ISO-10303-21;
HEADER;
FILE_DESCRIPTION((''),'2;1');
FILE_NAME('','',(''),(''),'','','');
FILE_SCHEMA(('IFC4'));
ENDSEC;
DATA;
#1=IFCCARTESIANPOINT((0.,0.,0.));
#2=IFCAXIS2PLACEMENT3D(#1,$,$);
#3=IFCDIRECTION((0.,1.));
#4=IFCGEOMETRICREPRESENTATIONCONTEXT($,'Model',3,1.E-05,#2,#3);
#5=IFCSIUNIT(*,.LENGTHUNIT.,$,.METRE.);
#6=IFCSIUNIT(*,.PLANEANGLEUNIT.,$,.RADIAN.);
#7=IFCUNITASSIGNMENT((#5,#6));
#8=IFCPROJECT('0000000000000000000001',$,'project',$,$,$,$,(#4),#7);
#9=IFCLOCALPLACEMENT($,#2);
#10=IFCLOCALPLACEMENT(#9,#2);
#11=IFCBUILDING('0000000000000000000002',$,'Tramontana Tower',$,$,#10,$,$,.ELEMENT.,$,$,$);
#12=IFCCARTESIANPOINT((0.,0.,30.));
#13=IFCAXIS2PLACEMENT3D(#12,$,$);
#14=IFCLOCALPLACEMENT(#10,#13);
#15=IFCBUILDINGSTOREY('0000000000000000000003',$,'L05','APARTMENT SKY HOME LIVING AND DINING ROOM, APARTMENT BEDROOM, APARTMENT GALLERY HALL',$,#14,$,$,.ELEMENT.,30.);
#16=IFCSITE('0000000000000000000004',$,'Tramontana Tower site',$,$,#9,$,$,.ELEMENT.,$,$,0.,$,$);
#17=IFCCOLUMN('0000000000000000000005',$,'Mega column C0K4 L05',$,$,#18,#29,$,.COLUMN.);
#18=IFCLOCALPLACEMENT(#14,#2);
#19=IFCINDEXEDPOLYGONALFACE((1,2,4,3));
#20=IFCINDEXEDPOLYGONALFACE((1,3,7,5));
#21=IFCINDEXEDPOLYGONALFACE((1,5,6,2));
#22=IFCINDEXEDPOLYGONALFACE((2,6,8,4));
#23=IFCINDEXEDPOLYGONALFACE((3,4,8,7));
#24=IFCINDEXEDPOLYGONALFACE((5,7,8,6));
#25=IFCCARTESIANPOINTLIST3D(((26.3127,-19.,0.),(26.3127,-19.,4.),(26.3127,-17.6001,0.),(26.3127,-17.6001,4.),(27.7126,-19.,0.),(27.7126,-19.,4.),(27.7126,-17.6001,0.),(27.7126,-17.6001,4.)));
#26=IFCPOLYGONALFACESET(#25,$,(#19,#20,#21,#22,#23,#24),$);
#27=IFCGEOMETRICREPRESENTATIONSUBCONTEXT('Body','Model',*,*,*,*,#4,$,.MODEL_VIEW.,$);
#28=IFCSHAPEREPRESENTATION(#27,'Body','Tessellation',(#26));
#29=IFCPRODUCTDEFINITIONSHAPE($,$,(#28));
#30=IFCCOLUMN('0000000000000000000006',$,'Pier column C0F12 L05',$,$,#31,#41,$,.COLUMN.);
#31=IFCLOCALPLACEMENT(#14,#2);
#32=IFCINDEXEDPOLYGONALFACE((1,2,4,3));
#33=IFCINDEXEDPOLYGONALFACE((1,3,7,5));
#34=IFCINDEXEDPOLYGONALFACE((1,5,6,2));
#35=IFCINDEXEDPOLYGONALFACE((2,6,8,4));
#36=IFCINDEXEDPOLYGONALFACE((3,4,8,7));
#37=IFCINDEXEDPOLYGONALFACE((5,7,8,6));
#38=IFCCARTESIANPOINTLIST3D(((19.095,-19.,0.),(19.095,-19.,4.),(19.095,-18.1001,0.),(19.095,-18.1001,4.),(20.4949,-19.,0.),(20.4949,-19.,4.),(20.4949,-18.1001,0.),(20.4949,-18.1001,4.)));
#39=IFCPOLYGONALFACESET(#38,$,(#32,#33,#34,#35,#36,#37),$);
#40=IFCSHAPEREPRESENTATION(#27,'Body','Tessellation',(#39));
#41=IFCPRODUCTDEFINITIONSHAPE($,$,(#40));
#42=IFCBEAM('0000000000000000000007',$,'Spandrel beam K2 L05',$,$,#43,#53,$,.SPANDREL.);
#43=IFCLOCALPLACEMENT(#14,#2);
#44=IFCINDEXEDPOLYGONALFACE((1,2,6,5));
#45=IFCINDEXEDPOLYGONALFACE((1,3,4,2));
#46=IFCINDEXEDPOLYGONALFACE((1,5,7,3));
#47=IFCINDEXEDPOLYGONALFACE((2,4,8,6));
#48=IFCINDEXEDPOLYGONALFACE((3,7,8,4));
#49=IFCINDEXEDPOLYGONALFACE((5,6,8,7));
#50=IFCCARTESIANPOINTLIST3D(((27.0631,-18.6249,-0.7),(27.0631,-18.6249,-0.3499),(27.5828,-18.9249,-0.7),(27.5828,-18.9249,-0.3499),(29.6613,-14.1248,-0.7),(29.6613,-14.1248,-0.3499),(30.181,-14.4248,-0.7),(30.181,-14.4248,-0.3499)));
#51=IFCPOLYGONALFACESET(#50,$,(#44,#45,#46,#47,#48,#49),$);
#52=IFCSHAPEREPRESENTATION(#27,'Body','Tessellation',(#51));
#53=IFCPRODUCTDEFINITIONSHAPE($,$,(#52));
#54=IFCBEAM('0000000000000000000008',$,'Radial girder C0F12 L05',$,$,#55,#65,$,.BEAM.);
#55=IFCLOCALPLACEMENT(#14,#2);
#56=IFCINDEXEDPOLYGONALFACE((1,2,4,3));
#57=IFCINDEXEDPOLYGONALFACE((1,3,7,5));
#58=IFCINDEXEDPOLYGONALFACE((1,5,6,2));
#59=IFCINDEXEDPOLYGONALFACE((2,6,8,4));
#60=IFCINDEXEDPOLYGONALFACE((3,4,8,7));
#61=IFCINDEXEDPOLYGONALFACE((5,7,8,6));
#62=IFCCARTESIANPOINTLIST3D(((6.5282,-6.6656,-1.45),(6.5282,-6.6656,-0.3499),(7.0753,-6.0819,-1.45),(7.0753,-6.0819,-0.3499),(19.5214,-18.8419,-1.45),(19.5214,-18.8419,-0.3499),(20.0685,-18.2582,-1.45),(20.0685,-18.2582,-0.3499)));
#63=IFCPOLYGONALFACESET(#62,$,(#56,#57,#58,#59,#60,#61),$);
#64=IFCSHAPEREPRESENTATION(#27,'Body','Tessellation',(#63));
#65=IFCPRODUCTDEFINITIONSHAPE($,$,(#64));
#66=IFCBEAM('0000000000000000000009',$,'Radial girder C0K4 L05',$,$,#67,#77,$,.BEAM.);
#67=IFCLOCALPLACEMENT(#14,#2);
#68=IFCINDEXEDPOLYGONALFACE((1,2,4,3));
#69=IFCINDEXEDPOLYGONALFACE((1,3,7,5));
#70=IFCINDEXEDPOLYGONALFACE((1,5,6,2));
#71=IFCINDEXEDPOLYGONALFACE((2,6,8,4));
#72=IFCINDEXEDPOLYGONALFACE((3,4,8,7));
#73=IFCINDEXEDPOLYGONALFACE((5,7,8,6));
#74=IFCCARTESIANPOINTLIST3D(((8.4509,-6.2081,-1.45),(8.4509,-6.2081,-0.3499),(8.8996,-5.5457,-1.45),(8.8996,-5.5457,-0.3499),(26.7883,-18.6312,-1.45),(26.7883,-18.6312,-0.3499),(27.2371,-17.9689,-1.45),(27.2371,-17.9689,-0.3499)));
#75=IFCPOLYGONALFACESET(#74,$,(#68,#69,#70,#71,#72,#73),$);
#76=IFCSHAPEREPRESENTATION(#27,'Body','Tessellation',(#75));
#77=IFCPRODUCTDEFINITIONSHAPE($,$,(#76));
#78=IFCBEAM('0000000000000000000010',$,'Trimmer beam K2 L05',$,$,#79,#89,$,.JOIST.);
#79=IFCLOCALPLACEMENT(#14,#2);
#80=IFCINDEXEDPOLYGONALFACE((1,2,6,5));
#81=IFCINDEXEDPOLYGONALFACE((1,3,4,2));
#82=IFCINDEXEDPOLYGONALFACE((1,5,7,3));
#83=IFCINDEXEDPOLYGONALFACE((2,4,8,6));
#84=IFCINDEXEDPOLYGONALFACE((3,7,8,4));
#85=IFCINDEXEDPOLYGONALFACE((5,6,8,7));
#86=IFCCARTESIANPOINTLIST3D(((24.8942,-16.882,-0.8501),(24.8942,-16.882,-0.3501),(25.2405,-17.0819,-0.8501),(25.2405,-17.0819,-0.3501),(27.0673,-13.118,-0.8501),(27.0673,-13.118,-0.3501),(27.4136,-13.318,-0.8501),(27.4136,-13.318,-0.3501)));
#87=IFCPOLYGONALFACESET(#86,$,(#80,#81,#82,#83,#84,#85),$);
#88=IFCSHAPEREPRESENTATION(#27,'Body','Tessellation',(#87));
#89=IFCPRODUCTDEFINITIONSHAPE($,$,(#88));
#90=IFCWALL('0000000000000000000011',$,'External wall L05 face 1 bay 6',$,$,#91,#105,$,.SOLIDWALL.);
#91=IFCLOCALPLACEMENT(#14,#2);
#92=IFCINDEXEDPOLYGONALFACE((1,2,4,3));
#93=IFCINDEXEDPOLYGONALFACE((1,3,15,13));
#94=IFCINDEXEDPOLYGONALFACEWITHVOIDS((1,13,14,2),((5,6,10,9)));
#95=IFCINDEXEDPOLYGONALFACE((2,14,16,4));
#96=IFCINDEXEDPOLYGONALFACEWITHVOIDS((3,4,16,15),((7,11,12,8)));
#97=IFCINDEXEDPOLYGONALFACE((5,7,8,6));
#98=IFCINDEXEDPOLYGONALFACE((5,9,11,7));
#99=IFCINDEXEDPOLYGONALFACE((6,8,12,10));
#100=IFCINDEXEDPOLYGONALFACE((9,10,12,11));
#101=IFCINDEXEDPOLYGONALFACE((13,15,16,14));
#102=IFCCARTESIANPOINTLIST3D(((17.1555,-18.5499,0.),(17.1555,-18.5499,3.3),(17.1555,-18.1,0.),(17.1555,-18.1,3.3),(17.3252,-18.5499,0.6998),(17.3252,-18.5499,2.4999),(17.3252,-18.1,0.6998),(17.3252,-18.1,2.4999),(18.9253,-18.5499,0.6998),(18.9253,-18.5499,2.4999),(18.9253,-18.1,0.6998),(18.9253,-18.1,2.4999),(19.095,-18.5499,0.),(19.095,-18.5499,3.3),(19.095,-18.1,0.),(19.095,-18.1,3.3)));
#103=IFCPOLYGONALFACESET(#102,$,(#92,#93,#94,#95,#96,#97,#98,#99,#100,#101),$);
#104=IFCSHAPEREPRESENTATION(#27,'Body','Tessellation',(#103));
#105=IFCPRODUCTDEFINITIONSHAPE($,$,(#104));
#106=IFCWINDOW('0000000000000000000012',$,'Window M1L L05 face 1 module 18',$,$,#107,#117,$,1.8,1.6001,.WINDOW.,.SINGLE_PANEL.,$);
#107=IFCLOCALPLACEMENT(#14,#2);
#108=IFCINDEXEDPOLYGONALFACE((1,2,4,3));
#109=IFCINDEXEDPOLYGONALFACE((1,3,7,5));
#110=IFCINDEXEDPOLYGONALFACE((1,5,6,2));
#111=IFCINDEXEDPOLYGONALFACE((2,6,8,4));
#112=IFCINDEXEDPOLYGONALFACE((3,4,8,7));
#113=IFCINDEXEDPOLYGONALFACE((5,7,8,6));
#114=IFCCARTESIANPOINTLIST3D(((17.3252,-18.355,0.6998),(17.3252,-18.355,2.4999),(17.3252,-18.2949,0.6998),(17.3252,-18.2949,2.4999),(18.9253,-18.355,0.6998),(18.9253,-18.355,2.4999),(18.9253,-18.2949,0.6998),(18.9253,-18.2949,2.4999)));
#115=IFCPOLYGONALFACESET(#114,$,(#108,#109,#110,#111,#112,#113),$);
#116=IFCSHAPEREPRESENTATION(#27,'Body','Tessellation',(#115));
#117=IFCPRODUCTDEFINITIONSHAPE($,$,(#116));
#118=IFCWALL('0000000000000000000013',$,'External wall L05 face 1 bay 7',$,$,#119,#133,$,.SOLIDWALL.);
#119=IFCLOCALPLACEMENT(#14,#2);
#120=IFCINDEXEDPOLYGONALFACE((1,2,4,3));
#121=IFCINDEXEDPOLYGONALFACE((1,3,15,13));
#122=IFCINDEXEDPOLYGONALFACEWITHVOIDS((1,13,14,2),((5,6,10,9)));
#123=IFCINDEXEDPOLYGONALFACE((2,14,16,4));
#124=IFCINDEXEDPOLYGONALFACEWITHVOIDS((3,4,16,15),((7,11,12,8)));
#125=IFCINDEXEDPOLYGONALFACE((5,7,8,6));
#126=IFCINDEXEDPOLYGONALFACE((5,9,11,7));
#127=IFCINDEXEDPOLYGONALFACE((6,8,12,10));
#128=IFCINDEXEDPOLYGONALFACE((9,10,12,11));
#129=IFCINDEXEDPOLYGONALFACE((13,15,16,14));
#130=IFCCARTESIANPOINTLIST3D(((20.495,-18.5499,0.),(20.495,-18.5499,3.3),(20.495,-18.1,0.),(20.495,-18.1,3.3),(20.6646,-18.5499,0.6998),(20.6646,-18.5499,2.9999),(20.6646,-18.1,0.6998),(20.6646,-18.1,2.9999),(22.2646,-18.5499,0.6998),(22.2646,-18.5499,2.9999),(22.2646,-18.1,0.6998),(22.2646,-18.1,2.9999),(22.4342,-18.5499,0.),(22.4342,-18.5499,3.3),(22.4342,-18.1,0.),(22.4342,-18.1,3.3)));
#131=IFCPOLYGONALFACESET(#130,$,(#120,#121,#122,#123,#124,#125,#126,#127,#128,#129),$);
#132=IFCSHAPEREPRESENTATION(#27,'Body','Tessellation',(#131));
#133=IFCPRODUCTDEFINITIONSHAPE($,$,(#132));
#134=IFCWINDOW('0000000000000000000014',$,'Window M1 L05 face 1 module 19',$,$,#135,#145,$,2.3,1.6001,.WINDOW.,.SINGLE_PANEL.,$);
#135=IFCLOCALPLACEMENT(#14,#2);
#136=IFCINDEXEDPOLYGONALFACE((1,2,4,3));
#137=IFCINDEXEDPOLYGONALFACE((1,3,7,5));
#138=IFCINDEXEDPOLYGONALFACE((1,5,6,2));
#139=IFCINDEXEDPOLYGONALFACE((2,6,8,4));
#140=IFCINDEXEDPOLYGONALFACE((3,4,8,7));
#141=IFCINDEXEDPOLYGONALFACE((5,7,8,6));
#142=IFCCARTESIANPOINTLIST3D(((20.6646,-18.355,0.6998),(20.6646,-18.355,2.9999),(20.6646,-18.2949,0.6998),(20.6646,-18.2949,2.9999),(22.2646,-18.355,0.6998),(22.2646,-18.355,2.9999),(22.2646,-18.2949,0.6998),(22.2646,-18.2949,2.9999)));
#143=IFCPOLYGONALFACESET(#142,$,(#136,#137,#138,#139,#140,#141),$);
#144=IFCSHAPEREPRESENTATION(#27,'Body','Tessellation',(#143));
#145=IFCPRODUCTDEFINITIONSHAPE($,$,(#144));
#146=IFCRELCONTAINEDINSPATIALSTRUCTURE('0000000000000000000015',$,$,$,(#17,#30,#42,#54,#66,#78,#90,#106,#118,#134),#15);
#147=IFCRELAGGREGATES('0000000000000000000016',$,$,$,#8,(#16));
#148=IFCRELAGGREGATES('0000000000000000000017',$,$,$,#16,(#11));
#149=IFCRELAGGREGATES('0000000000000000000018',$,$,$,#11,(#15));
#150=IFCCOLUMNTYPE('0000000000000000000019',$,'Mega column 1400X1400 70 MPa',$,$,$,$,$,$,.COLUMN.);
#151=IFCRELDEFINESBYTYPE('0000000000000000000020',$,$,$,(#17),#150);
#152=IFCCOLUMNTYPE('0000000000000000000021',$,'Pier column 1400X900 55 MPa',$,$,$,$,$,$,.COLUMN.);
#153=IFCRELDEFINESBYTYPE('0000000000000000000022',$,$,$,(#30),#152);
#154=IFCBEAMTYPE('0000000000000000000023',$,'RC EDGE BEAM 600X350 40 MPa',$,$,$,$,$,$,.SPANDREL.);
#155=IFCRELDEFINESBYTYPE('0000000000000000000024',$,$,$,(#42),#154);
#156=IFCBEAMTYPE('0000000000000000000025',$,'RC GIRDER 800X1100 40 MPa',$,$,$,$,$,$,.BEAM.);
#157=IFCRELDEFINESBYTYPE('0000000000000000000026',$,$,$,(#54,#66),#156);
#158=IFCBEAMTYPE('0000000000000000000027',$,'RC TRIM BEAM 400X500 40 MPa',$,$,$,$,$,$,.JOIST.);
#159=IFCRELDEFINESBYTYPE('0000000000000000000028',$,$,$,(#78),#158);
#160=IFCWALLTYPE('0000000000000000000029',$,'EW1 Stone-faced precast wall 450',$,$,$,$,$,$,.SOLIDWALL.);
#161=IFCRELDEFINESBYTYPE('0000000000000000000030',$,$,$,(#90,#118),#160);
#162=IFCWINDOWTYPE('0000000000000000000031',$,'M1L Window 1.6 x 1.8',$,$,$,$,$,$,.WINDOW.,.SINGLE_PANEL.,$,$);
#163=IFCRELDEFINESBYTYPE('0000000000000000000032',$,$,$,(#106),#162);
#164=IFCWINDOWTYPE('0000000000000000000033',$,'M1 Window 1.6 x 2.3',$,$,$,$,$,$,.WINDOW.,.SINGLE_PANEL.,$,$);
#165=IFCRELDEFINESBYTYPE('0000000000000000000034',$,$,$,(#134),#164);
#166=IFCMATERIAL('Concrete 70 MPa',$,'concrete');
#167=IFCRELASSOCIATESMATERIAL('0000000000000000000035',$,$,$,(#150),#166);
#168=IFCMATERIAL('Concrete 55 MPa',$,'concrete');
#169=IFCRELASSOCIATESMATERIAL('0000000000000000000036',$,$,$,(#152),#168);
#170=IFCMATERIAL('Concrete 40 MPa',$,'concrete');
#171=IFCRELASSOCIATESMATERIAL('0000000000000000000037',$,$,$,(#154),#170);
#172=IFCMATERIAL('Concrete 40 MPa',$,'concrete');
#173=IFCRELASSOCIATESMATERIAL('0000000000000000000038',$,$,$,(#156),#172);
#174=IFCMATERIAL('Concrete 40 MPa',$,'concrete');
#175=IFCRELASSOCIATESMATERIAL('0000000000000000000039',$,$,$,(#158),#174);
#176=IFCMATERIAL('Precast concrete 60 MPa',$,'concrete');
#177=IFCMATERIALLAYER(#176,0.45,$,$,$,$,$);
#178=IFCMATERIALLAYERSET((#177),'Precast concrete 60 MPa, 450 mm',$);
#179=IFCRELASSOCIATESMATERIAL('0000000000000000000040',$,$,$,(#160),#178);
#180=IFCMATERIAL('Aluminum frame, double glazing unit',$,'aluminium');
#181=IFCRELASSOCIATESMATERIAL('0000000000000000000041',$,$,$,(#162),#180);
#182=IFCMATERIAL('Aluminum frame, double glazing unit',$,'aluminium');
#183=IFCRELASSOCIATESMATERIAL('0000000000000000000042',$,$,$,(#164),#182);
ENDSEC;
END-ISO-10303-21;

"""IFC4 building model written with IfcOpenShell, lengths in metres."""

from ifc_helpers import new_model, si_unit, direction, frame, frame_2d, origin, origin_2d, place, context, subcontext, project, spatial, rectangle, extrude, material, layer, layer_set, material_profile, profile_set, type_object, element, fill, save


model = new_model("IFC4")

# Units and contexts
model_context = context("Model", 3, precision=1e-05, world=origin(), true_north=direction((0.0, 1.0)))
body_context = subcontext(model_context, "Body", "Model", "MODEL_VIEW")
ifc_project = project(units=[si_unit("LENGTHUNIT", "METRE"), si_unit("PLANEANGLEUNIT", "RADIAN")], contexts=[model_context])

# Site, building, storey
site_placement = place(None, origin())
site = spatial("IfcSite", under=ifc_project, at=site_placement, Name="Tramontana Tower site", CompositionType="ELEMENT", RefElevation=0.0)
building_placement = place(site_placement, origin())
building = spatial("IfcBuilding", under=site, at=building_placement, Name="Tramontana Tower", CompositionType="ELEMENT")
storey_placement = place(building_placement, frame((0.0, 0.0, 30.0)))
storey = spatial("IfcBuildingStorey", under=building, at=storey_placement, Name="L05", Description="APARTMENT SKY HOME LIVING AND DINING ROOM, APARTMENT BEDROOM, APARTMENT GALLERY HALL", CompositionType="ELEMENT", Elevation=30.0)

# Columns
ifc_material_1 = material(Name="Concrete 70 MPa", Category="concrete")
ifc_material_profile_1 = material_profile(ifc_material_1, rectangle(XDim=1.3999, YDim=1.3999, at=origin_2d()), Name="Mega column 1400X1400 70 MPa")
ifc_profile_set_1 = profile_set([ifc_material_profile_1], Name="Concrete 70 MPa")
column_type_1 = type_object("IfcColumnType", Name="Mega column 1400X1400 70 MPa", PredefinedType="COLUMN", material=ifc_profile_set_1)
column_1_placement = place(storey_placement, frame((27.0127, -18.3, 0.0), z_axis=(0.0, 0.0, 1.0), x_axis=(1.0, 0.0, 0.0)))
element("IfcColumn", 1, at=column_1_placement, inside=storey, type_object=column_type_1, Name="Mega column C0K4 L05", PredefinedType="COLUMN", context=body_context, shape_type="SweptSolid", body=[
    extrude(rectangle(XDim=1.3999, YDim=1.3999, at=origin_2d()), origin(), (0.0, 0.0, 1.0), 4.0),
])
ifc_material_2 = material(Name="Concrete 55 MPa", Category="concrete")
ifc_material_profile_2 = material_profile(ifc_material_2, rectangle(XDim=1.3999, YDim=0.8999, at=origin_2d()), Name="Pier column 1400X900 55 MPa")
ifc_profile_set_2 = profile_set([ifc_material_profile_2], Name="Concrete 55 MPa")
column_type_2 = type_object("IfcColumnType", Name="Pier column 1400X900 55 MPa", PredefinedType="COLUMN", material=ifc_profile_set_2)
column_2_placement = place(storey_placement, frame((19.7949, -18.55, 0.0), z_axis=(0.0, 0.0, 1.0), x_axis=(1.0, 0.0, 0.0)))
element("IfcColumn", 2, at=column_2_placement, inside=storey, type_object=column_type_2, Name="Pier column C0F12 L05", PredefinedType="COLUMN", context=body_context, shape_type="SweptSolid", body=[
    extrude(rectangle(XDim=1.3999, YDim=0.8999, at=origin_2d()), origin(), (0.0, 0.0, 1.0), 4.0),
])

# Beams
ifc_material_3 = material(Name="Concrete 40 MPa", Category="concrete")
ifc_material_profile_3 = material_profile(ifc_material_3, rectangle(XDim=0.6001, YDim=0.3501, at=origin_2d()), Name="RC EDGE BEAM 600X350 40 MPa")
ifc_profile_set_3 = profile_set([ifc_material_profile_3], Name="Concrete 40 MPa")
beam_type_1 = type_object("IfcBeamType", Name="RC EDGE BEAM 600X350 40 MPa", PredefinedType="SPANDREL", material=ifc_profile_set_3)
beam_1_placement = place(storey_placement, frame((27.323, -18.7749, -0.5249), z_axis=(0.50001, 0.86602, 0.0), x_axis=(-0.86602, 0.50001, 0.0)))
element("IfcBeam", 3, at=beam_1_placement, inside=storey, type_object=beam_type_1, Name="Spandrel beam K2 L05", PredefinedType="SPANDREL", context=body_context, shape_type="SweptSolid", body=[
    extrude(rectangle(XDim=0.6001, YDim=0.3501, at=origin_2d()), origin(), (0.0, 0.0, 1.0), 5.1963),
])
ifc_material_4 = material(Name="Concrete 40 MPa", Category="concrete")
ifc_material_profile_4 = material_profile(ifc_material_4, rectangle(XDim=0.8, YDim=1.1001, at=origin_2d()), Name="RC GIRDER 800X1100 40 MPa")
ifc_profile_set_4 = profile_set([ifc_material_profile_4], Name="Concrete 40 MPa")
beam_type_2 = type_object("IfcBeamType", Name="RC GIRDER 800X1100 40 MPa", PredefinedType="BEAM", material=ifc_profile_set_4)
beam_2_placement = place(storey_placement, frame((19.7949, -18.55, -0.8999), z_axis=(-0.729672, 0.683797, 0.0), x_axis=(-0.683797, -0.729672, 0.0)))
element("IfcBeam", 4, at=beam_2_placement, inside=storey, type_object=beam_type_2, Name="Radial girder C0F12 L05", PredefinedType="BEAM", context=body_context, shape_type="SweptSolid", body=[
    extrude(rectangle(XDim=0.8, YDim=1.1001, at=origin_2d()), origin(), (0.0, 0.0, 1.0), 17.8069),
])
beam_3_placement = place(storey_placement, frame((27.0127, -18.3, -0.8999), z_axis=(-0.827898, 0.560879, 0.0), x_axis=(-0.560879, -0.827898, 0.0)))
element("IfcBeam", 5, at=beam_3_placement, inside=storey, type_object=beam_type_2, Name="Radial girder C0K4 L05", PredefinedType="BEAM", context=body_context, shape_type="SweptSolid", body=[
    extrude(rectangle(XDim=0.8, YDim=1.1001, at=origin_2d()), origin(), (0.0, 0.0, 1.0), 22.1494),
])
ifc_material_5 = material(Name="Concrete 40 MPa", Category="concrete")
ifc_material_profile_5 = material_profile(ifc_material_5, rectangle(XDim=0.3999, YDim=0.5, at=origin_2d()), Name="RC TRIM BEAM 400X500 40 MPa")
ifc_profile_set_5 = profile_set([ifc_material_profile_5], Name="Concrete 40 MPa")
beam_type_3 = type_object("IfcBeamType", Name="RC TRIM BEAM 400X500 40 MPa", PredefinedType="JOIST", material=ifc_profile_set_5)
beam_4_placement = place(storey_placement, frame((25.0674, -16.9819, -0.6001), z_axis=(0.5, 0.866026, 0.0), x_axis=(-0.866026, 0.5, 0.0)))
element("IfcBeam", 6, at=beam_4_placement, inside=storey, type_object=beam_type_3, Name="Trimmer beam K2 L05", PredefinedType="JOIST", context=body_context, shape_type="SweptSolid", body=[
    extrude(rectangle(XDim=0.3999, YDim=0.5, at=origin_2d()), origin(), (0.0, 0.0, 1.0), 4.3462),
])

# Walls, openings, windows
ifc_material_6 = material(Name="Precast concrete 60 MPa", Category="concrete")
ifc_layer_1 = layer(ifc_material_6, 0.45)
ifc_layer_set_1 = layer_set([ifc_layer_1], Name="Precast concrete 60 MPa, 450 mm")
wall_type_1 = type_object("IfcWallType", Name="EW1 Stone-faced precast wall 450", PredefinedType="SOLIDWALL", material=ifc_layer_set_1)
wall_1_placement = place(storey_placement, frame((17.1555, -18.325, 0.0), z_axis=(0.0, 0.0, 1.0), x_axis=(1.0, 0.0, 0.0)))
wall_1 = element("IfcWall", 7, at=wall_1_placement, inside=storey, type_object=wall_type_1, Name="External wall L05 face 1 bay 6", PredefinedType="SOLIDWALL", context=body_context, shape_type="SweptSolid", body=[
    extrude(rectangle(XDim=1.9395, YDim=0.45, at=frame_2d((0.9697, 0.0))), origin(), (0.0, 0.0, 1.0), 3.3),
])
opening_1_placement = place(wall_1_placement, frame((0.1697, 0.0, 0.7)))
opening_1 = element("IfcOpeningElement", 8, at=opening_1_placement, cuts=wall_1, PredefinedType="OPENING", context=body_context, shape_type="SweptSolid", body=[
    extrude(rectangle(XDim=1.6001, YDim=1.8, at=frame_2d((0.8, 0.8999))), frame((0.0, 0.2349, 0.0), z_axis=(0.0, -1.0, 0.0), x_axis=(1.0, 0.0, 0.0)), (0.0, 0.0, 1.0), 0.47),
])
ifc_material_7 = material(Name="Aluminum frame, double glazing unit", Category="aluminium")
window_type_1 = type_object("IfcWindowType", Name="M1L Window 1.6 x 1.8", PartitioningType="SINGLE_PANEL", PredefinedType="WINDOW", material=ifc_material_7)
window_1_placement = place(opening_1_placement, origin())
window_1 = element("IfcWindow", 9, at=window_1_placement, inside=storey, type_object=window_type_1, Name="Window M1L L05 face 1 module 18", OverallHeight=1.8, OverallWidth=1.6001, PartitioningType="SINGLE_PANEL", PredefinedType="WINDOW", context=body_context, shape_type="SweptSolid", body=[
    extrude(rectangle(XDim=1.6001, YDim=1.8, at=frame_2d((0.8, 0.8999))), frame((0.0, 0.03, 0.0), z_axis=(0.0, -1.0, 0.0), x_axis=(1.0, 0.0, 0.0)), (0.0, 0.0, 1.0), 0.0601),
])
fill(opening_1, window_1)
wall_2_placement = place(storey_placement, frame((20.4949, -18.325, 0.0), z_axis=(0.0, 0.0, 1.0), x_axis=(1.0, 0.0, 0.0)))
wall_2 = element("IfcWall", 10, at=wall_2_placement, inside=storey, type_object=wall_type_1, Name="External wall L05 face 1 bay 7", PredefinedType="SOLIDWALL", context=body_context, shape_type="SweptSolid", body=[
    extrude(rectangle(XDim=1.9392, YDim=0.45, at=frame_2d((0.9697, 0.0))), origin(), (0.0, 0.0, 1.0), 3.3),
])
opening_2_placement = place(wall_2_placement, frame((0.1697, 0.0, 0.7)))
opening_2 = element("IfcOpeningElement", 11, at=opening_2_placement, cuts=wall_2, PredefinedType="OPENING", context=body_context, shape_type="SweptSolid", body=[
    extrude(rectangle(XDim=1.6001, YDim=2.3, at=frame_2d((0.8, 1.1499))), frame((0.0, 0.2349, 0.0), z_axis=(0.0, -1.0, 0.0), x_axis=(1.0, 0.0, 0.0)), (0.0, 0.0, 1.0), 0.47),
])
ifc_material_8 = material(Name="Aluminum frame, double glazing unit", Category="aluminium")
window_type_2 = type_object("IfcWindowType", Name="M1 Window 1.6 x 2.3", PartitioningType="SINGLE_PANEL", PredefinedType="WINDOW", material=ifc_material_8)
window_2_placement = place(opening_2_placement, origin())
window_2 = element("IfcWindow", 12, at=window_2_placement, inside=storey, type_object=window_type_2, Name="Window M1 L05 face 1 module 19", OverallHeight=2.3, OverallWidth=1.6001, PartitioningType="SINGLE_PANEL", PredefinedType="WINDOW", context=body_context, shape_type="SweptSolid", body=[
    extrude(rectangle(XDim=1.6001, YDim=2.3, at=frame_2d((0.8, 1.1499))), frame((0.0, 0.03, 0.0), z_axis=(0.0, -1.0, 0.0), x_axis=(1.0, 0.0, 0.0)), (0.0, 0.0, 1.0), 0.0601),
])
fill(opening_2, window_2)

save(model, "model.ifc")
